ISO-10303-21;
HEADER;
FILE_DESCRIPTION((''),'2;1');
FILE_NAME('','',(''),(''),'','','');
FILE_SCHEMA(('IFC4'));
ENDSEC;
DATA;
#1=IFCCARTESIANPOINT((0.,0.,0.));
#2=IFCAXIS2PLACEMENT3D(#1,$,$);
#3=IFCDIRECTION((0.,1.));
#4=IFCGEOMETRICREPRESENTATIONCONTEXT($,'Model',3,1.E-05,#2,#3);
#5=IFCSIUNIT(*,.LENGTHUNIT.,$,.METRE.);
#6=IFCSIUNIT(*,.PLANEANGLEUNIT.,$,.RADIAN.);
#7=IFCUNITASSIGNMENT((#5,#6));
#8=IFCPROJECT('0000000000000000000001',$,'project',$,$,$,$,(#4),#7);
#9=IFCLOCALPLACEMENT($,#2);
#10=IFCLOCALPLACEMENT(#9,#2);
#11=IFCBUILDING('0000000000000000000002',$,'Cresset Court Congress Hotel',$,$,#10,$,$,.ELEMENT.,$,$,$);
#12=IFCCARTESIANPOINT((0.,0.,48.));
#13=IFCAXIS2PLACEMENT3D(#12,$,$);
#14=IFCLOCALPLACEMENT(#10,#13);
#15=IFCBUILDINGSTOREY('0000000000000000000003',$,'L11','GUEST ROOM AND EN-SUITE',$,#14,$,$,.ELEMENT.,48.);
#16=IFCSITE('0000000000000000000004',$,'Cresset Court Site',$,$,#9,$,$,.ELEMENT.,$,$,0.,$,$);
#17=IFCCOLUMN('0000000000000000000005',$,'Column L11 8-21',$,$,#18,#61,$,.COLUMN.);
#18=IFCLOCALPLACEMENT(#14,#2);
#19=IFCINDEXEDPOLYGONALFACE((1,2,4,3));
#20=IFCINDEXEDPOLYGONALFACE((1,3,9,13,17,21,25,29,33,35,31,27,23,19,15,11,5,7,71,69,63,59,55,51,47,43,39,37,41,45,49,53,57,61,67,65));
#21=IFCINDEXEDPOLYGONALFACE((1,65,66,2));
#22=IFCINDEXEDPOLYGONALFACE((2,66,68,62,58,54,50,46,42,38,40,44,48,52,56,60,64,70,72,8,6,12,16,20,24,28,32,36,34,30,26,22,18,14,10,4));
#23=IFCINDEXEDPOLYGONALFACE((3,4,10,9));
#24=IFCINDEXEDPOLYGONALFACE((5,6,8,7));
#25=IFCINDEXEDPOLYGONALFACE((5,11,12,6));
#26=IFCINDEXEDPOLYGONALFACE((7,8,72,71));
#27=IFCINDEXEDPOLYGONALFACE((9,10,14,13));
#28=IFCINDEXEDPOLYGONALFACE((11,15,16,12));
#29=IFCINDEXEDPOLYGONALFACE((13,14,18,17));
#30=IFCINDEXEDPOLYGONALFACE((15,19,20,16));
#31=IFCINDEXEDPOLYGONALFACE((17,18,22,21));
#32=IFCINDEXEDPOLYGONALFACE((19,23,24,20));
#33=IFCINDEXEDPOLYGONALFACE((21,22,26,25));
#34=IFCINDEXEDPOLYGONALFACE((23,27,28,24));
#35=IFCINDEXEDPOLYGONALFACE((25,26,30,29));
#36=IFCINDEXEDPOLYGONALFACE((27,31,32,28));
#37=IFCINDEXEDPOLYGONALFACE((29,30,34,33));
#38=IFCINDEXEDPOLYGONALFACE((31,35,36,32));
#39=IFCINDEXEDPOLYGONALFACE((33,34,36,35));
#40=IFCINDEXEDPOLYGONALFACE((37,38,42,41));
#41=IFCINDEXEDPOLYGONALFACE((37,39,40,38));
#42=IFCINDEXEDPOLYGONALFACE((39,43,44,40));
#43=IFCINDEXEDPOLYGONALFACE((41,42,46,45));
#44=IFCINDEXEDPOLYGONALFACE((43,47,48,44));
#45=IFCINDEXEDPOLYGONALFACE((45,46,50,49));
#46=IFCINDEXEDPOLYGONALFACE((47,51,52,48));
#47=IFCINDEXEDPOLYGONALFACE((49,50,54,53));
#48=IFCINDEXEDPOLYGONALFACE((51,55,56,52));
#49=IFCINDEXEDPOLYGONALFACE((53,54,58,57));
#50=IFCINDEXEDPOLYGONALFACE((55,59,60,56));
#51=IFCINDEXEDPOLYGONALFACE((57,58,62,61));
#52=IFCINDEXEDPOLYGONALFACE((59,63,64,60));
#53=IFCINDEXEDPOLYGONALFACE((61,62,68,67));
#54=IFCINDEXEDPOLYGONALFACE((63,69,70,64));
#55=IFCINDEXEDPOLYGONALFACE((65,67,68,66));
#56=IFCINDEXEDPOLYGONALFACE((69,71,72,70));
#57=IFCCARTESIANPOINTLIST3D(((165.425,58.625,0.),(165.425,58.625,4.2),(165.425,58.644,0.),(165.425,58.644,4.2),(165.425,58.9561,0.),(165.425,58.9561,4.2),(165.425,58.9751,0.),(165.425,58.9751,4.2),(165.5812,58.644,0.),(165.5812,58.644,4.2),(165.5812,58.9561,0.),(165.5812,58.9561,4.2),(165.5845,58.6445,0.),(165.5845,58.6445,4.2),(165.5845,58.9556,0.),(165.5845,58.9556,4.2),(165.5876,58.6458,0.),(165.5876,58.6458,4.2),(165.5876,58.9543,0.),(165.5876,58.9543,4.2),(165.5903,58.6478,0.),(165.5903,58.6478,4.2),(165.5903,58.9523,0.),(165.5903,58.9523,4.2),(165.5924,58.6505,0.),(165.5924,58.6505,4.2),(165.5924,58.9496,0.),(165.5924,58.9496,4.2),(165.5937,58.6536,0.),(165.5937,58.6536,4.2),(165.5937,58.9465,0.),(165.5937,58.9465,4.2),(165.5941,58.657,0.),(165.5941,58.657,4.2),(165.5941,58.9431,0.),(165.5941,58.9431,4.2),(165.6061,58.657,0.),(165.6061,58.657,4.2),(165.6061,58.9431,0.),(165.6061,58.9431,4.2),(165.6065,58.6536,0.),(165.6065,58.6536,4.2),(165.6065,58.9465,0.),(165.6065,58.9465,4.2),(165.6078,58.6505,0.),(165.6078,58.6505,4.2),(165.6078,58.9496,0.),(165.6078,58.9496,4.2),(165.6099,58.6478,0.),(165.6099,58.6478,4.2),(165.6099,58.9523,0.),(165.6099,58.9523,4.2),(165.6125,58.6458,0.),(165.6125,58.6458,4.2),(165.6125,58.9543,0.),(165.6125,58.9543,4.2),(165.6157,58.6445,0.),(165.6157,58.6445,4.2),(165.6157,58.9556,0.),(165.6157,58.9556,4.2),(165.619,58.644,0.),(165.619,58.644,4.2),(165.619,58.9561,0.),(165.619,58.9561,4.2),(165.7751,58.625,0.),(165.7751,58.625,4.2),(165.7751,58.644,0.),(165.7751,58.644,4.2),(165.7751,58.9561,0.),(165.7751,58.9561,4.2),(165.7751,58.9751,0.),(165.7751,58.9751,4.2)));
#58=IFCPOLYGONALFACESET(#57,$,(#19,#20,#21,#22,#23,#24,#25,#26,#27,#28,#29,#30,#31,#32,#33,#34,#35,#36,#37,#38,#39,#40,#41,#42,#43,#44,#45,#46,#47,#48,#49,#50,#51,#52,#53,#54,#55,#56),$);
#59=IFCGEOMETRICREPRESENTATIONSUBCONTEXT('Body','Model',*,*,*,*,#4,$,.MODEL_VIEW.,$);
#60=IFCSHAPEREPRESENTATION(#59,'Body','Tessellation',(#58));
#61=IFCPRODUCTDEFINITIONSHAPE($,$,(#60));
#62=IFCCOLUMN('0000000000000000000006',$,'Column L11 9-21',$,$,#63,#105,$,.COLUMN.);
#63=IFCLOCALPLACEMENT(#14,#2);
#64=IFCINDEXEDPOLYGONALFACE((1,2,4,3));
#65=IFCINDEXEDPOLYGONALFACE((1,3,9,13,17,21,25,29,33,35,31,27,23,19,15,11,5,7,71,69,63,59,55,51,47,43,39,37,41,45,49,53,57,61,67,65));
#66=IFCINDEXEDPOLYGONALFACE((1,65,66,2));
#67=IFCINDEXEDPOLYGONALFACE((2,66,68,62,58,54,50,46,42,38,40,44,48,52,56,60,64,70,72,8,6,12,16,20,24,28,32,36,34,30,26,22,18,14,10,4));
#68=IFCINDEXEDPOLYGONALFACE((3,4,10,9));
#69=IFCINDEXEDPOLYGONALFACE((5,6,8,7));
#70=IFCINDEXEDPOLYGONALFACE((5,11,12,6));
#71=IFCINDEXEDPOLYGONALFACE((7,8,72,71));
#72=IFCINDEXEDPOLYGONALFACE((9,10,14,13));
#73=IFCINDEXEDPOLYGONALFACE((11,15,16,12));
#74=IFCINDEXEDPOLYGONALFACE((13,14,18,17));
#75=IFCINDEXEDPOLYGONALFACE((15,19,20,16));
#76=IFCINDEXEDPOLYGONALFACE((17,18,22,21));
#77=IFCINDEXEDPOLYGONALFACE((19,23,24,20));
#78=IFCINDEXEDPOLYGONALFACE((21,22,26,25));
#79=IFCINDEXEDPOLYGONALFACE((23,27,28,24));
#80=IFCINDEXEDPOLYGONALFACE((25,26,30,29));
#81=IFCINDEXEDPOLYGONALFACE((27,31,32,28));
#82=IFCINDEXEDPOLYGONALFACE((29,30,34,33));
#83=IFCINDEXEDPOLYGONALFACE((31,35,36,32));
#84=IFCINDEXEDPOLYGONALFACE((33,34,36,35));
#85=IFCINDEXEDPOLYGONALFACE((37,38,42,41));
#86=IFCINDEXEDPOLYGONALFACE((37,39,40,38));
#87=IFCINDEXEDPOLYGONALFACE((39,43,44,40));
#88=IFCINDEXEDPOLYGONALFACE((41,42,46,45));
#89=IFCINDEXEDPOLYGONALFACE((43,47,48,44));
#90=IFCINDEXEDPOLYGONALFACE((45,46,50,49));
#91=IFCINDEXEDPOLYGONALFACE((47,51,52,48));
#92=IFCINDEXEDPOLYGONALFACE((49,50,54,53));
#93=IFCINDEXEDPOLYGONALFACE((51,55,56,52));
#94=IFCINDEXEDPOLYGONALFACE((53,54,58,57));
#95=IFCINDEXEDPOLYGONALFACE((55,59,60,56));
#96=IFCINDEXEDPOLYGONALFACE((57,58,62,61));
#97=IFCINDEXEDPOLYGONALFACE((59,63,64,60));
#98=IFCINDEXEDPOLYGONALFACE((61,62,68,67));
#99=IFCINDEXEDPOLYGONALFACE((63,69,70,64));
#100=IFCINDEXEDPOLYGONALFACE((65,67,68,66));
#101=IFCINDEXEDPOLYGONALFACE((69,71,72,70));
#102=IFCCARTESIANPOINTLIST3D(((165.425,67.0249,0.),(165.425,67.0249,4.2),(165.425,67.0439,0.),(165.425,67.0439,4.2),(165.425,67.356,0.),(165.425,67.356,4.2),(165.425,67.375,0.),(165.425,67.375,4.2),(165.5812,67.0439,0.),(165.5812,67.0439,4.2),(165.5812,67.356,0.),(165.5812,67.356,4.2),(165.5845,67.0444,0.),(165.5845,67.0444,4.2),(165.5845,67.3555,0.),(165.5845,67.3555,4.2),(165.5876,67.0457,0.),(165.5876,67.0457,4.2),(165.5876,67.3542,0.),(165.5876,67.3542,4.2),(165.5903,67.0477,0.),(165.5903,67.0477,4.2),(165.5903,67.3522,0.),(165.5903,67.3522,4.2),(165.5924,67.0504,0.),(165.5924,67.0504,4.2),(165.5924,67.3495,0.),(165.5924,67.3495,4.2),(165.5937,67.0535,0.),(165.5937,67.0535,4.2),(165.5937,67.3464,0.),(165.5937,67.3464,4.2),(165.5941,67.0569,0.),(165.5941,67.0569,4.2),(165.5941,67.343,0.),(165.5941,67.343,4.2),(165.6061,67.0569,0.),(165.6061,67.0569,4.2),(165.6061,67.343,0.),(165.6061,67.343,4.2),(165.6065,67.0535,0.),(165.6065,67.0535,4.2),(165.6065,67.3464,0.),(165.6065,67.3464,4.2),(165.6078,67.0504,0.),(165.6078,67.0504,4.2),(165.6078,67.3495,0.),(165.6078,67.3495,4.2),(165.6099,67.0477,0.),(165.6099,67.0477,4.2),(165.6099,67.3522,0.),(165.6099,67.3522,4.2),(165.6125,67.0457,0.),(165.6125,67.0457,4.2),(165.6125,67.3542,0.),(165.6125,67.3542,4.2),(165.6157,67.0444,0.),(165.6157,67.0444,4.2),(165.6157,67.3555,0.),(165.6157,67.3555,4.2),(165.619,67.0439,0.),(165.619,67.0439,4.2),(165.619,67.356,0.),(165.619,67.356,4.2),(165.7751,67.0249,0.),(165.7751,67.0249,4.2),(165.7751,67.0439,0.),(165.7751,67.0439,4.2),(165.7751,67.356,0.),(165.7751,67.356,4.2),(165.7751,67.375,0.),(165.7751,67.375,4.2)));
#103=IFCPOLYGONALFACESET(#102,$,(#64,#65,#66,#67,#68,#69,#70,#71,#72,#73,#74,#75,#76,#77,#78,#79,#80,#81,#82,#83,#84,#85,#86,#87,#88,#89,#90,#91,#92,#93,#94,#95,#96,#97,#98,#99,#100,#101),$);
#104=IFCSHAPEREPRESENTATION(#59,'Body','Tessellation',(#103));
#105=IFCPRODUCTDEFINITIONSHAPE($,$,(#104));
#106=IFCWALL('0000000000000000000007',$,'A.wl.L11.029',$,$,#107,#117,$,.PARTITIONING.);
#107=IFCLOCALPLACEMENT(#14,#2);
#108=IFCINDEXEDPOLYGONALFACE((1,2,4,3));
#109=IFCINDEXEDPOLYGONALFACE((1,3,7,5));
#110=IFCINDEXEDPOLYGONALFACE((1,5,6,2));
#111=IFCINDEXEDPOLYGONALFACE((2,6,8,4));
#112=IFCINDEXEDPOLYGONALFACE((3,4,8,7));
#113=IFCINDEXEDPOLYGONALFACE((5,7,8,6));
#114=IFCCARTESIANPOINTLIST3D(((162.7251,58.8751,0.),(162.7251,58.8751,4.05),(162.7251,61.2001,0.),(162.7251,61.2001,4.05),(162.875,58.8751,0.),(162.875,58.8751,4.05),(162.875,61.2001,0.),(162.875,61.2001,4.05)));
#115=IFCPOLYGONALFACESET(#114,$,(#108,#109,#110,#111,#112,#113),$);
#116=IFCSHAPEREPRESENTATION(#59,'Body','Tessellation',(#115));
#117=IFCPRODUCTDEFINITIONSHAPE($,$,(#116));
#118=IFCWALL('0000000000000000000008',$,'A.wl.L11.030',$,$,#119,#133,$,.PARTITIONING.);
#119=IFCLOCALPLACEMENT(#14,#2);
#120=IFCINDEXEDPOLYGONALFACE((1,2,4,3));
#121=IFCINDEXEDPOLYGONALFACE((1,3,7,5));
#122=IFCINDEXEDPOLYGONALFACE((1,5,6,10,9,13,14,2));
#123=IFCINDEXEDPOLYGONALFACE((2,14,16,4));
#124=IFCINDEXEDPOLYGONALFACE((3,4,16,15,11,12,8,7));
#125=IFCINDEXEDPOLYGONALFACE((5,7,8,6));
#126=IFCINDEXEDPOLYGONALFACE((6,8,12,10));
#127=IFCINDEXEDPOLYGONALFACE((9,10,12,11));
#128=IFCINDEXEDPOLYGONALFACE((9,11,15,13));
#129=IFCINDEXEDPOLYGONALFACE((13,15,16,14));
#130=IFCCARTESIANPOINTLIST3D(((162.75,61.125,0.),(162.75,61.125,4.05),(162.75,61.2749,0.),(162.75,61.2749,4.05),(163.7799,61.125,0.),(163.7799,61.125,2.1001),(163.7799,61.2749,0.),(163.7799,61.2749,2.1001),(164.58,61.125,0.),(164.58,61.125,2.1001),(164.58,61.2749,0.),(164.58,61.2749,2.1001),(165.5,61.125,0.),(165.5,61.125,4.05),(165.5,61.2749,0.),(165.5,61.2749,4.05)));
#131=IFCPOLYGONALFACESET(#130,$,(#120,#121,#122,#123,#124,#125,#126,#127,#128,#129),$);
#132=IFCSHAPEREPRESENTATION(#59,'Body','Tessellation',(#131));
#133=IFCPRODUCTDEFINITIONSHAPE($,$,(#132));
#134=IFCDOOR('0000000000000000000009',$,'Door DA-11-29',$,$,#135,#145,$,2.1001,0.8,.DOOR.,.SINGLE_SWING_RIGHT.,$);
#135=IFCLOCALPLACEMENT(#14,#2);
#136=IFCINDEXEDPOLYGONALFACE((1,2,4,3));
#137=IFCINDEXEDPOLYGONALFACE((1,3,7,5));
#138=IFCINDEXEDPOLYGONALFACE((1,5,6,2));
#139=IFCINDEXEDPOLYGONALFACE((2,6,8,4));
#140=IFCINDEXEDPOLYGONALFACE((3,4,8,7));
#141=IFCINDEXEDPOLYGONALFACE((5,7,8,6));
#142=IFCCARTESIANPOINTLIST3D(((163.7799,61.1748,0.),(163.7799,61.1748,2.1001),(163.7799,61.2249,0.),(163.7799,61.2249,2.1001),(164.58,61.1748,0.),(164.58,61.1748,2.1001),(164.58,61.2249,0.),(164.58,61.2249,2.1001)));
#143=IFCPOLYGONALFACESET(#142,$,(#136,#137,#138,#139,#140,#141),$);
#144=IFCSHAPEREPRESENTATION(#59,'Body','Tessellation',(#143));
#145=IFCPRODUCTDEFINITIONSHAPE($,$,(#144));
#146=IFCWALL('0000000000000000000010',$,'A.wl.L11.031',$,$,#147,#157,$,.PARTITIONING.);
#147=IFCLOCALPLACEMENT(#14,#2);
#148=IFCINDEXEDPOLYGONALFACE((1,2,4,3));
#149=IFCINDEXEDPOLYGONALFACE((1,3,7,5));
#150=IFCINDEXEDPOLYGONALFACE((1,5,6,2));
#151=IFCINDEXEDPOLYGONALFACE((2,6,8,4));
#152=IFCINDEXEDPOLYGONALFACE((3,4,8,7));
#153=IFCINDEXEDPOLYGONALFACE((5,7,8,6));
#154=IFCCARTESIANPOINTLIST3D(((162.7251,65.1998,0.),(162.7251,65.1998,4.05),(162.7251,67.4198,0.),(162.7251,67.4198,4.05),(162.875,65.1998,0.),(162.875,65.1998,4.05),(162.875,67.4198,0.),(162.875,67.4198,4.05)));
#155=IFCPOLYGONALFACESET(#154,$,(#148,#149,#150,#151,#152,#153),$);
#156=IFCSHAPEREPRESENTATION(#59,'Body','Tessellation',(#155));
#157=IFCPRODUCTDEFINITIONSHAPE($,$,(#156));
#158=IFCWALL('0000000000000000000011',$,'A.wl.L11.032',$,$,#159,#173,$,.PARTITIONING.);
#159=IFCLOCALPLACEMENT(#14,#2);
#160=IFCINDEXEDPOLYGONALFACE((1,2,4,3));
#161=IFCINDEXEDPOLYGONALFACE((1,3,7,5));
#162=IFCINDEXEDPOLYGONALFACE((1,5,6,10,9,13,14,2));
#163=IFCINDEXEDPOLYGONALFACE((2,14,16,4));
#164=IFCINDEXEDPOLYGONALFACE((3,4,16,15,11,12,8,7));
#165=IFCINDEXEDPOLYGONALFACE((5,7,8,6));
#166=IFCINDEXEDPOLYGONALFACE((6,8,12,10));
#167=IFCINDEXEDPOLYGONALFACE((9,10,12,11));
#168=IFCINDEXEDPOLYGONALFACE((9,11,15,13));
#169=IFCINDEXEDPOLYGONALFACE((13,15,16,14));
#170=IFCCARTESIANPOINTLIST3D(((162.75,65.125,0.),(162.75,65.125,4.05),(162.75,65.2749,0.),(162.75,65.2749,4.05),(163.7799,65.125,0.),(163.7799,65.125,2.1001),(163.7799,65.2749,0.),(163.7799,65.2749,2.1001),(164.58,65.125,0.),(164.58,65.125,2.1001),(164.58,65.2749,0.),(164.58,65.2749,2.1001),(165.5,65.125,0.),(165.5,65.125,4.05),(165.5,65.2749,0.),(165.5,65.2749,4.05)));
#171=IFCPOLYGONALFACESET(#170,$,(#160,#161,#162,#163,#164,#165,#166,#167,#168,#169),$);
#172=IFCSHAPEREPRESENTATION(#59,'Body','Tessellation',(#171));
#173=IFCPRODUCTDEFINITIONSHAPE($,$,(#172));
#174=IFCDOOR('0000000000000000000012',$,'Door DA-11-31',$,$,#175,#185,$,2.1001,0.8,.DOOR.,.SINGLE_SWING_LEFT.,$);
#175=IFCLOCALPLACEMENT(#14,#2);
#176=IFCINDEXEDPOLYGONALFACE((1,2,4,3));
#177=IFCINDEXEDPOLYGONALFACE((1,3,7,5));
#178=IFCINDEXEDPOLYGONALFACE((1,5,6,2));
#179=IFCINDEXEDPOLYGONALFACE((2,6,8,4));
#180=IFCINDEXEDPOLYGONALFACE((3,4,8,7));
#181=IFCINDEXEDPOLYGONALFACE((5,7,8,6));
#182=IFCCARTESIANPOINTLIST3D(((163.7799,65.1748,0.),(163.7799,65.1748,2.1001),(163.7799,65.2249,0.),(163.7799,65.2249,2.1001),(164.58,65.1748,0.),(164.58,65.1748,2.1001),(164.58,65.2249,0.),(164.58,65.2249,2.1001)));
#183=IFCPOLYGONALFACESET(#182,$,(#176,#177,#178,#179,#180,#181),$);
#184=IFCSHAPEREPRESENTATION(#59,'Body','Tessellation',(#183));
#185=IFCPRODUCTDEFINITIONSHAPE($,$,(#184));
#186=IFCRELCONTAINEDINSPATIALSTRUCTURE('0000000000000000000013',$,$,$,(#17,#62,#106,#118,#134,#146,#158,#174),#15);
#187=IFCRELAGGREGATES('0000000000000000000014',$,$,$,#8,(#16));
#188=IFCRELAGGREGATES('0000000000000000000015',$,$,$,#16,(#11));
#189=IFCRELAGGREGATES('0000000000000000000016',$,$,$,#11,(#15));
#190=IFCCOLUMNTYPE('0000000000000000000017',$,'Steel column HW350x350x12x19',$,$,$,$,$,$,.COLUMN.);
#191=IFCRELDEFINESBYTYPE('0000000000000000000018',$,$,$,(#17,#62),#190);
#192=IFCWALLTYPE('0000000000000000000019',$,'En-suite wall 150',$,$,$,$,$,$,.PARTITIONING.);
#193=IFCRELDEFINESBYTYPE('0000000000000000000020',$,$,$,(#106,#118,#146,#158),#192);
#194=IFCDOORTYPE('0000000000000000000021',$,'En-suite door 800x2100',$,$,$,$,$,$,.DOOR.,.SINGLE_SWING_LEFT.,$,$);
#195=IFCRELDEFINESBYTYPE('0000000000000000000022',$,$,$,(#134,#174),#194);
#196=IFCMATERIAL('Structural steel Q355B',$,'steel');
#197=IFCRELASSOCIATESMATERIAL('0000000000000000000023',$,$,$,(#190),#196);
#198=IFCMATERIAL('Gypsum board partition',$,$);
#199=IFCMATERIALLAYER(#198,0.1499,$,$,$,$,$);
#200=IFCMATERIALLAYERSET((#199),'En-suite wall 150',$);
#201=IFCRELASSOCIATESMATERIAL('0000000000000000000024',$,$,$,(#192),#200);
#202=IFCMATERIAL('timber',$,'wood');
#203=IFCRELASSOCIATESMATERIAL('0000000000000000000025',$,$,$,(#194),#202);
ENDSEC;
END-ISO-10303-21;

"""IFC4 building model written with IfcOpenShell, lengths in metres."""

from ifc_helpers import new_model, si_unit, direction, frame, frame_2d, origin, origin_2d, place, context, subcontext, project, spatial, rectangle, i_section, extrude, material, layer, layer_set, material_profile, profile_set, type_object, element, fill, save


model = new_model("IFC4")

# Units and contexts
model_context = context("Model", 3, precision=1e-05, world=origin(), true_north=direction((0.0, 1.0)))
body_context = subcontext(model_context, "Body", "Model", "MODEL_VIEW")
ifc_project = project(units=[si_unit("LENGTHUNIT", "METRE"), si_unit("PLANEANGLEUNIT", "RADIAN")], contexts=[model_context])

# Site, building, storey
site_placement = place(None, origin())
site = spatial("IfcSite", under=ifc_project, at=site_placement, Name="Cresset Court Site", CompositionType="ELEMENT", RefElevation=0.0)
building_placement = place(site_placement, origin())
building = spatial("IfcBuilding", under=site, at=building_placement, Name="Cresset Court Congress Hotel", CompositionType="ELEMENT")
storey_placement = place(building_placement, frame((0.0, 0.0, 48.0)))
storey = spatial("IfcBuildingStorey", under=building, at=storey_placement, Name="L11", Description="GUEST ROOM AND EN-SUITE", CompositionType="ELEMENT", Elevation=48.0)

# Columns
ifc_material_1 = material(Name="Structural steel Q355B", Category="steel")
ifc_material_profile = material_profile(ifc_material_1, i_section(OverallWidth=0.3501, OverallDepth=0.3501, WebThickness=0.012, FlangeThickness=0.019, FilletRadius=0.0129, at=origin_2d()), Name="HW350x350x12x19")
ifc_profile_set = profile_set([ifc_material_profile], Name="Structural steel Q355B")
column_type = type_object("IfcColumnType", Name="Steel column HW350x350x12x19", PredefinedType="COLUMN", material=ifc_profile_set)
for number, where, z_axis, x_axis, name in (
    (1, (165.6001, 58.8, 0.0), (0.0, 0.0, 1.0), (1.0, 0.0, 0.0), "Column L11 8-21"),
    (2, (165.6001, 67.2, 0.0), (0.0, 0.0, 1.0), (1.0, 0.0, 0.0), "Column L11 9-21"),
):
    element("IfcColumn", number, at=place(storey_placement, frame(where, z_axis=z_axis, x_axis=x_axis)), inside=storey, type_object=column_type, Name=name, PredefinedType="COLUMN", context=body_context, shape_type="SweptSolid", body=[
        extrude(i_section(OverallWidth=0.3501, OverallDepth=0.3501, WebThickness=0.012, FlangeThickness=0.019, FilletRadius=0.0129, at=origin_2d()), origin(), (0.0, 0.0, 1.0), 4.2),
    ])

# Wall
ifc_material_2 = material(Name="Gypsum board partition")
ifc_layer = layer(ifc_material_2, 0.1499)
ifc_layer_set = layer_set([ifc_layer], Name="En-suite wall 150")
wall_type = type_object("IfcWallType", Name="En-suite wall 150", PredefinedType="PARTITIONING", material=ifc_layer_set)
wall_1_placement = place(storey_placement, frame((162.8, 58.875, 0.0), z_axis=(0.0, 0.0, 1.0), x_axis=(0.0, 1.0, 0.0)))
element("IfcWall", 3, at=wall_1_placement, inside=storey, type_object=wall_type, Name="A.wl.L11.029", PredefinedType="PARTITIONING", context=body_context, shape_type="SweptSolid", body=[
    extrude(rectangle(XDim=2.325, YDim=0.1499, at=frame_2d((1.1626, 0.0))), origin(), (0.0, 0.0, 1.0), 4.05),
])

# Wall, opening, door
wall_2_placement = place(storey_placement, frame((162.75, 61.2, 0.0), z_axis=(0.0, 0.0, 1.0), x_axis=(1.0, 0.0, 0.0)))
wall_2 = element("IfcWall", 4, at=wall_2_placement, inside=storey, type_object=wall_type, Name="A.wl.L11.030", PredefinedType="PARTITIONING", context=body_context, shape_type="SweptSolid", body=[
    extrude(rectangle(XDim=2.75, YDim=0.1499, at=frame_2d((1.375, 0.0))), origin(), (0.0, 0.0, 1.0), 4.05),
])
opening_1_placement = place(wall_2_placement, frame((1.03, 0.0, 0.0)))
opening_1 = element("IfcOpeningElement", 5, at=opening_1_placement, cuts=wall_2, PredefinedType="OPENING", context=body_context, shape_type="SweptSolid", body=[
    extrude(rectangle(XDim=0.8, YDim=2.1001, at=frame_2d((0.3999, 1.05))), frame((0.0, 0.085, 0.0), z_axis=(0.0, -1.0, 0.0), x_axis=(1.0, 0.0, 0.0)), (0.0, 0.0, 1.0), 0.1699),
])
ifc_material_3 = material(Name="timber", Category="wood")
door_type = type_object("IfcDoorType", Name="En-suite door 800x2100", OperationType="SINGLE_SWING_LEFT", PredefinedType="DOOR", material=ifc_material_3)
door_1_placement = place(opening_1_placement, origin())
door_1 = element("IfcDoor", 6, at=door_1_placement, inside=storey, type_object=door_type, Name="Door DA-11-29", OperationType="SINGLE_SWING_RIGHT", OverallHeight=2.1001, OverallWidth=0.8, PredefinedType="DOOR", context=body_context, shape_type="SweptSolid", body=[
    extrude(rectangle(XDim=0.8, YDim=2.1001, at=frame_2d((0.3999, 1.05))), frame((0.0, 0.0249, 0.0), z_axis=(0.0, -1.0, 0.0), x_axis=(1.0, 0.0, 0.0)), (0.0, 0.0, 1.0), 0.05),
])
fill(opening_1, door_1)

# Wall
wall_3_placement = place(storey_placement, frame((162.8, 65.2, 0.0), z_axis=(0.0, 0.0, 1.0), x_axis=(0.0, 1.0, 0.0)))
element("IfcWall", 7, at=wall_3_placement, inside=storey, type_object=wall_type, Name="A.wl.L11.031", PredefinedType="PARTITIONING", context=body_context, shape_type="SweptSolid", body=[
    extrude(rectangle(XDim=2.22, YDim=0.1499, at=frame_2d((1.1099, 0.0))), origin(), (0.0, 0.0, 1.0), 4.05),
])

# Wall, opening, door
wall_4_placement = place(storey_placement, frame((162.75, 65.2, 0.0), z_axis=(0.0, 0.0, 1.0), x_axis=(1.0, 0.0, 0.0)))
wall_4 = element("IfcWall", 8, at=wall_4_placement, inside=storey, type_object=wall_type, Name="A.wl.L11.032", PredefinedType="PARTITIONING", context=body_context, shape_type="SweptSolid", body=[
    extrude(rectangle(XDim=2.75, YDim=0.1499, at=frame_2d((1.375, 0.0))), origin(), (0.0, 0.0, 1.0), 4.05),
])
opening_2_placement = place(wall_4_placement, frame((1.03, 0.0, 0.0)))
opening_2 = element("IfcOpeningElement", 9, at=opening_2_placement, cuts=wall_4, PredefinedType="OPENING", context=body_context, shape_type="SweptSolid", body=[
    extrude(rectangle(XDim=0.8, YDim=2.1001, at=frame_2d((0.3999, 1.05))), frame((0.0, 0.085, 0.0), z_axis=(0.0, -1.0, 0.0), x_axis=(1.0, 0.0, 0.0)), (0.0, 0.0, 1.0), 0.1699),
])
door_2_placement = place(opening_2_placement, origin())
door_2 = element("IfcDoor", 10, at=door_2_placement, inside=storey, type_object=door_type, Name="Door DA-11-31", OperationType="SINGLE_SWING_LEFT", OverallHeight=2.1001, OverallWidth=0.8, PredefinedType="DOOR", context=body_context, shape_type="SweptSolid", body=[
    extrude(rectangle(XDim=0.8, YDim=2.1001, at=frame_2d((0.3999, 1.05))), frame((0.0, 0.0249, 0.0), z_axis=(0.0, -1.0, 0.0), x_axis=(1.0, 0.0, 0.0)), (0.0, 0.0, 1.0), 0.05),
])
fill(opening_2, door_2)

save(model, "model.ifc")
